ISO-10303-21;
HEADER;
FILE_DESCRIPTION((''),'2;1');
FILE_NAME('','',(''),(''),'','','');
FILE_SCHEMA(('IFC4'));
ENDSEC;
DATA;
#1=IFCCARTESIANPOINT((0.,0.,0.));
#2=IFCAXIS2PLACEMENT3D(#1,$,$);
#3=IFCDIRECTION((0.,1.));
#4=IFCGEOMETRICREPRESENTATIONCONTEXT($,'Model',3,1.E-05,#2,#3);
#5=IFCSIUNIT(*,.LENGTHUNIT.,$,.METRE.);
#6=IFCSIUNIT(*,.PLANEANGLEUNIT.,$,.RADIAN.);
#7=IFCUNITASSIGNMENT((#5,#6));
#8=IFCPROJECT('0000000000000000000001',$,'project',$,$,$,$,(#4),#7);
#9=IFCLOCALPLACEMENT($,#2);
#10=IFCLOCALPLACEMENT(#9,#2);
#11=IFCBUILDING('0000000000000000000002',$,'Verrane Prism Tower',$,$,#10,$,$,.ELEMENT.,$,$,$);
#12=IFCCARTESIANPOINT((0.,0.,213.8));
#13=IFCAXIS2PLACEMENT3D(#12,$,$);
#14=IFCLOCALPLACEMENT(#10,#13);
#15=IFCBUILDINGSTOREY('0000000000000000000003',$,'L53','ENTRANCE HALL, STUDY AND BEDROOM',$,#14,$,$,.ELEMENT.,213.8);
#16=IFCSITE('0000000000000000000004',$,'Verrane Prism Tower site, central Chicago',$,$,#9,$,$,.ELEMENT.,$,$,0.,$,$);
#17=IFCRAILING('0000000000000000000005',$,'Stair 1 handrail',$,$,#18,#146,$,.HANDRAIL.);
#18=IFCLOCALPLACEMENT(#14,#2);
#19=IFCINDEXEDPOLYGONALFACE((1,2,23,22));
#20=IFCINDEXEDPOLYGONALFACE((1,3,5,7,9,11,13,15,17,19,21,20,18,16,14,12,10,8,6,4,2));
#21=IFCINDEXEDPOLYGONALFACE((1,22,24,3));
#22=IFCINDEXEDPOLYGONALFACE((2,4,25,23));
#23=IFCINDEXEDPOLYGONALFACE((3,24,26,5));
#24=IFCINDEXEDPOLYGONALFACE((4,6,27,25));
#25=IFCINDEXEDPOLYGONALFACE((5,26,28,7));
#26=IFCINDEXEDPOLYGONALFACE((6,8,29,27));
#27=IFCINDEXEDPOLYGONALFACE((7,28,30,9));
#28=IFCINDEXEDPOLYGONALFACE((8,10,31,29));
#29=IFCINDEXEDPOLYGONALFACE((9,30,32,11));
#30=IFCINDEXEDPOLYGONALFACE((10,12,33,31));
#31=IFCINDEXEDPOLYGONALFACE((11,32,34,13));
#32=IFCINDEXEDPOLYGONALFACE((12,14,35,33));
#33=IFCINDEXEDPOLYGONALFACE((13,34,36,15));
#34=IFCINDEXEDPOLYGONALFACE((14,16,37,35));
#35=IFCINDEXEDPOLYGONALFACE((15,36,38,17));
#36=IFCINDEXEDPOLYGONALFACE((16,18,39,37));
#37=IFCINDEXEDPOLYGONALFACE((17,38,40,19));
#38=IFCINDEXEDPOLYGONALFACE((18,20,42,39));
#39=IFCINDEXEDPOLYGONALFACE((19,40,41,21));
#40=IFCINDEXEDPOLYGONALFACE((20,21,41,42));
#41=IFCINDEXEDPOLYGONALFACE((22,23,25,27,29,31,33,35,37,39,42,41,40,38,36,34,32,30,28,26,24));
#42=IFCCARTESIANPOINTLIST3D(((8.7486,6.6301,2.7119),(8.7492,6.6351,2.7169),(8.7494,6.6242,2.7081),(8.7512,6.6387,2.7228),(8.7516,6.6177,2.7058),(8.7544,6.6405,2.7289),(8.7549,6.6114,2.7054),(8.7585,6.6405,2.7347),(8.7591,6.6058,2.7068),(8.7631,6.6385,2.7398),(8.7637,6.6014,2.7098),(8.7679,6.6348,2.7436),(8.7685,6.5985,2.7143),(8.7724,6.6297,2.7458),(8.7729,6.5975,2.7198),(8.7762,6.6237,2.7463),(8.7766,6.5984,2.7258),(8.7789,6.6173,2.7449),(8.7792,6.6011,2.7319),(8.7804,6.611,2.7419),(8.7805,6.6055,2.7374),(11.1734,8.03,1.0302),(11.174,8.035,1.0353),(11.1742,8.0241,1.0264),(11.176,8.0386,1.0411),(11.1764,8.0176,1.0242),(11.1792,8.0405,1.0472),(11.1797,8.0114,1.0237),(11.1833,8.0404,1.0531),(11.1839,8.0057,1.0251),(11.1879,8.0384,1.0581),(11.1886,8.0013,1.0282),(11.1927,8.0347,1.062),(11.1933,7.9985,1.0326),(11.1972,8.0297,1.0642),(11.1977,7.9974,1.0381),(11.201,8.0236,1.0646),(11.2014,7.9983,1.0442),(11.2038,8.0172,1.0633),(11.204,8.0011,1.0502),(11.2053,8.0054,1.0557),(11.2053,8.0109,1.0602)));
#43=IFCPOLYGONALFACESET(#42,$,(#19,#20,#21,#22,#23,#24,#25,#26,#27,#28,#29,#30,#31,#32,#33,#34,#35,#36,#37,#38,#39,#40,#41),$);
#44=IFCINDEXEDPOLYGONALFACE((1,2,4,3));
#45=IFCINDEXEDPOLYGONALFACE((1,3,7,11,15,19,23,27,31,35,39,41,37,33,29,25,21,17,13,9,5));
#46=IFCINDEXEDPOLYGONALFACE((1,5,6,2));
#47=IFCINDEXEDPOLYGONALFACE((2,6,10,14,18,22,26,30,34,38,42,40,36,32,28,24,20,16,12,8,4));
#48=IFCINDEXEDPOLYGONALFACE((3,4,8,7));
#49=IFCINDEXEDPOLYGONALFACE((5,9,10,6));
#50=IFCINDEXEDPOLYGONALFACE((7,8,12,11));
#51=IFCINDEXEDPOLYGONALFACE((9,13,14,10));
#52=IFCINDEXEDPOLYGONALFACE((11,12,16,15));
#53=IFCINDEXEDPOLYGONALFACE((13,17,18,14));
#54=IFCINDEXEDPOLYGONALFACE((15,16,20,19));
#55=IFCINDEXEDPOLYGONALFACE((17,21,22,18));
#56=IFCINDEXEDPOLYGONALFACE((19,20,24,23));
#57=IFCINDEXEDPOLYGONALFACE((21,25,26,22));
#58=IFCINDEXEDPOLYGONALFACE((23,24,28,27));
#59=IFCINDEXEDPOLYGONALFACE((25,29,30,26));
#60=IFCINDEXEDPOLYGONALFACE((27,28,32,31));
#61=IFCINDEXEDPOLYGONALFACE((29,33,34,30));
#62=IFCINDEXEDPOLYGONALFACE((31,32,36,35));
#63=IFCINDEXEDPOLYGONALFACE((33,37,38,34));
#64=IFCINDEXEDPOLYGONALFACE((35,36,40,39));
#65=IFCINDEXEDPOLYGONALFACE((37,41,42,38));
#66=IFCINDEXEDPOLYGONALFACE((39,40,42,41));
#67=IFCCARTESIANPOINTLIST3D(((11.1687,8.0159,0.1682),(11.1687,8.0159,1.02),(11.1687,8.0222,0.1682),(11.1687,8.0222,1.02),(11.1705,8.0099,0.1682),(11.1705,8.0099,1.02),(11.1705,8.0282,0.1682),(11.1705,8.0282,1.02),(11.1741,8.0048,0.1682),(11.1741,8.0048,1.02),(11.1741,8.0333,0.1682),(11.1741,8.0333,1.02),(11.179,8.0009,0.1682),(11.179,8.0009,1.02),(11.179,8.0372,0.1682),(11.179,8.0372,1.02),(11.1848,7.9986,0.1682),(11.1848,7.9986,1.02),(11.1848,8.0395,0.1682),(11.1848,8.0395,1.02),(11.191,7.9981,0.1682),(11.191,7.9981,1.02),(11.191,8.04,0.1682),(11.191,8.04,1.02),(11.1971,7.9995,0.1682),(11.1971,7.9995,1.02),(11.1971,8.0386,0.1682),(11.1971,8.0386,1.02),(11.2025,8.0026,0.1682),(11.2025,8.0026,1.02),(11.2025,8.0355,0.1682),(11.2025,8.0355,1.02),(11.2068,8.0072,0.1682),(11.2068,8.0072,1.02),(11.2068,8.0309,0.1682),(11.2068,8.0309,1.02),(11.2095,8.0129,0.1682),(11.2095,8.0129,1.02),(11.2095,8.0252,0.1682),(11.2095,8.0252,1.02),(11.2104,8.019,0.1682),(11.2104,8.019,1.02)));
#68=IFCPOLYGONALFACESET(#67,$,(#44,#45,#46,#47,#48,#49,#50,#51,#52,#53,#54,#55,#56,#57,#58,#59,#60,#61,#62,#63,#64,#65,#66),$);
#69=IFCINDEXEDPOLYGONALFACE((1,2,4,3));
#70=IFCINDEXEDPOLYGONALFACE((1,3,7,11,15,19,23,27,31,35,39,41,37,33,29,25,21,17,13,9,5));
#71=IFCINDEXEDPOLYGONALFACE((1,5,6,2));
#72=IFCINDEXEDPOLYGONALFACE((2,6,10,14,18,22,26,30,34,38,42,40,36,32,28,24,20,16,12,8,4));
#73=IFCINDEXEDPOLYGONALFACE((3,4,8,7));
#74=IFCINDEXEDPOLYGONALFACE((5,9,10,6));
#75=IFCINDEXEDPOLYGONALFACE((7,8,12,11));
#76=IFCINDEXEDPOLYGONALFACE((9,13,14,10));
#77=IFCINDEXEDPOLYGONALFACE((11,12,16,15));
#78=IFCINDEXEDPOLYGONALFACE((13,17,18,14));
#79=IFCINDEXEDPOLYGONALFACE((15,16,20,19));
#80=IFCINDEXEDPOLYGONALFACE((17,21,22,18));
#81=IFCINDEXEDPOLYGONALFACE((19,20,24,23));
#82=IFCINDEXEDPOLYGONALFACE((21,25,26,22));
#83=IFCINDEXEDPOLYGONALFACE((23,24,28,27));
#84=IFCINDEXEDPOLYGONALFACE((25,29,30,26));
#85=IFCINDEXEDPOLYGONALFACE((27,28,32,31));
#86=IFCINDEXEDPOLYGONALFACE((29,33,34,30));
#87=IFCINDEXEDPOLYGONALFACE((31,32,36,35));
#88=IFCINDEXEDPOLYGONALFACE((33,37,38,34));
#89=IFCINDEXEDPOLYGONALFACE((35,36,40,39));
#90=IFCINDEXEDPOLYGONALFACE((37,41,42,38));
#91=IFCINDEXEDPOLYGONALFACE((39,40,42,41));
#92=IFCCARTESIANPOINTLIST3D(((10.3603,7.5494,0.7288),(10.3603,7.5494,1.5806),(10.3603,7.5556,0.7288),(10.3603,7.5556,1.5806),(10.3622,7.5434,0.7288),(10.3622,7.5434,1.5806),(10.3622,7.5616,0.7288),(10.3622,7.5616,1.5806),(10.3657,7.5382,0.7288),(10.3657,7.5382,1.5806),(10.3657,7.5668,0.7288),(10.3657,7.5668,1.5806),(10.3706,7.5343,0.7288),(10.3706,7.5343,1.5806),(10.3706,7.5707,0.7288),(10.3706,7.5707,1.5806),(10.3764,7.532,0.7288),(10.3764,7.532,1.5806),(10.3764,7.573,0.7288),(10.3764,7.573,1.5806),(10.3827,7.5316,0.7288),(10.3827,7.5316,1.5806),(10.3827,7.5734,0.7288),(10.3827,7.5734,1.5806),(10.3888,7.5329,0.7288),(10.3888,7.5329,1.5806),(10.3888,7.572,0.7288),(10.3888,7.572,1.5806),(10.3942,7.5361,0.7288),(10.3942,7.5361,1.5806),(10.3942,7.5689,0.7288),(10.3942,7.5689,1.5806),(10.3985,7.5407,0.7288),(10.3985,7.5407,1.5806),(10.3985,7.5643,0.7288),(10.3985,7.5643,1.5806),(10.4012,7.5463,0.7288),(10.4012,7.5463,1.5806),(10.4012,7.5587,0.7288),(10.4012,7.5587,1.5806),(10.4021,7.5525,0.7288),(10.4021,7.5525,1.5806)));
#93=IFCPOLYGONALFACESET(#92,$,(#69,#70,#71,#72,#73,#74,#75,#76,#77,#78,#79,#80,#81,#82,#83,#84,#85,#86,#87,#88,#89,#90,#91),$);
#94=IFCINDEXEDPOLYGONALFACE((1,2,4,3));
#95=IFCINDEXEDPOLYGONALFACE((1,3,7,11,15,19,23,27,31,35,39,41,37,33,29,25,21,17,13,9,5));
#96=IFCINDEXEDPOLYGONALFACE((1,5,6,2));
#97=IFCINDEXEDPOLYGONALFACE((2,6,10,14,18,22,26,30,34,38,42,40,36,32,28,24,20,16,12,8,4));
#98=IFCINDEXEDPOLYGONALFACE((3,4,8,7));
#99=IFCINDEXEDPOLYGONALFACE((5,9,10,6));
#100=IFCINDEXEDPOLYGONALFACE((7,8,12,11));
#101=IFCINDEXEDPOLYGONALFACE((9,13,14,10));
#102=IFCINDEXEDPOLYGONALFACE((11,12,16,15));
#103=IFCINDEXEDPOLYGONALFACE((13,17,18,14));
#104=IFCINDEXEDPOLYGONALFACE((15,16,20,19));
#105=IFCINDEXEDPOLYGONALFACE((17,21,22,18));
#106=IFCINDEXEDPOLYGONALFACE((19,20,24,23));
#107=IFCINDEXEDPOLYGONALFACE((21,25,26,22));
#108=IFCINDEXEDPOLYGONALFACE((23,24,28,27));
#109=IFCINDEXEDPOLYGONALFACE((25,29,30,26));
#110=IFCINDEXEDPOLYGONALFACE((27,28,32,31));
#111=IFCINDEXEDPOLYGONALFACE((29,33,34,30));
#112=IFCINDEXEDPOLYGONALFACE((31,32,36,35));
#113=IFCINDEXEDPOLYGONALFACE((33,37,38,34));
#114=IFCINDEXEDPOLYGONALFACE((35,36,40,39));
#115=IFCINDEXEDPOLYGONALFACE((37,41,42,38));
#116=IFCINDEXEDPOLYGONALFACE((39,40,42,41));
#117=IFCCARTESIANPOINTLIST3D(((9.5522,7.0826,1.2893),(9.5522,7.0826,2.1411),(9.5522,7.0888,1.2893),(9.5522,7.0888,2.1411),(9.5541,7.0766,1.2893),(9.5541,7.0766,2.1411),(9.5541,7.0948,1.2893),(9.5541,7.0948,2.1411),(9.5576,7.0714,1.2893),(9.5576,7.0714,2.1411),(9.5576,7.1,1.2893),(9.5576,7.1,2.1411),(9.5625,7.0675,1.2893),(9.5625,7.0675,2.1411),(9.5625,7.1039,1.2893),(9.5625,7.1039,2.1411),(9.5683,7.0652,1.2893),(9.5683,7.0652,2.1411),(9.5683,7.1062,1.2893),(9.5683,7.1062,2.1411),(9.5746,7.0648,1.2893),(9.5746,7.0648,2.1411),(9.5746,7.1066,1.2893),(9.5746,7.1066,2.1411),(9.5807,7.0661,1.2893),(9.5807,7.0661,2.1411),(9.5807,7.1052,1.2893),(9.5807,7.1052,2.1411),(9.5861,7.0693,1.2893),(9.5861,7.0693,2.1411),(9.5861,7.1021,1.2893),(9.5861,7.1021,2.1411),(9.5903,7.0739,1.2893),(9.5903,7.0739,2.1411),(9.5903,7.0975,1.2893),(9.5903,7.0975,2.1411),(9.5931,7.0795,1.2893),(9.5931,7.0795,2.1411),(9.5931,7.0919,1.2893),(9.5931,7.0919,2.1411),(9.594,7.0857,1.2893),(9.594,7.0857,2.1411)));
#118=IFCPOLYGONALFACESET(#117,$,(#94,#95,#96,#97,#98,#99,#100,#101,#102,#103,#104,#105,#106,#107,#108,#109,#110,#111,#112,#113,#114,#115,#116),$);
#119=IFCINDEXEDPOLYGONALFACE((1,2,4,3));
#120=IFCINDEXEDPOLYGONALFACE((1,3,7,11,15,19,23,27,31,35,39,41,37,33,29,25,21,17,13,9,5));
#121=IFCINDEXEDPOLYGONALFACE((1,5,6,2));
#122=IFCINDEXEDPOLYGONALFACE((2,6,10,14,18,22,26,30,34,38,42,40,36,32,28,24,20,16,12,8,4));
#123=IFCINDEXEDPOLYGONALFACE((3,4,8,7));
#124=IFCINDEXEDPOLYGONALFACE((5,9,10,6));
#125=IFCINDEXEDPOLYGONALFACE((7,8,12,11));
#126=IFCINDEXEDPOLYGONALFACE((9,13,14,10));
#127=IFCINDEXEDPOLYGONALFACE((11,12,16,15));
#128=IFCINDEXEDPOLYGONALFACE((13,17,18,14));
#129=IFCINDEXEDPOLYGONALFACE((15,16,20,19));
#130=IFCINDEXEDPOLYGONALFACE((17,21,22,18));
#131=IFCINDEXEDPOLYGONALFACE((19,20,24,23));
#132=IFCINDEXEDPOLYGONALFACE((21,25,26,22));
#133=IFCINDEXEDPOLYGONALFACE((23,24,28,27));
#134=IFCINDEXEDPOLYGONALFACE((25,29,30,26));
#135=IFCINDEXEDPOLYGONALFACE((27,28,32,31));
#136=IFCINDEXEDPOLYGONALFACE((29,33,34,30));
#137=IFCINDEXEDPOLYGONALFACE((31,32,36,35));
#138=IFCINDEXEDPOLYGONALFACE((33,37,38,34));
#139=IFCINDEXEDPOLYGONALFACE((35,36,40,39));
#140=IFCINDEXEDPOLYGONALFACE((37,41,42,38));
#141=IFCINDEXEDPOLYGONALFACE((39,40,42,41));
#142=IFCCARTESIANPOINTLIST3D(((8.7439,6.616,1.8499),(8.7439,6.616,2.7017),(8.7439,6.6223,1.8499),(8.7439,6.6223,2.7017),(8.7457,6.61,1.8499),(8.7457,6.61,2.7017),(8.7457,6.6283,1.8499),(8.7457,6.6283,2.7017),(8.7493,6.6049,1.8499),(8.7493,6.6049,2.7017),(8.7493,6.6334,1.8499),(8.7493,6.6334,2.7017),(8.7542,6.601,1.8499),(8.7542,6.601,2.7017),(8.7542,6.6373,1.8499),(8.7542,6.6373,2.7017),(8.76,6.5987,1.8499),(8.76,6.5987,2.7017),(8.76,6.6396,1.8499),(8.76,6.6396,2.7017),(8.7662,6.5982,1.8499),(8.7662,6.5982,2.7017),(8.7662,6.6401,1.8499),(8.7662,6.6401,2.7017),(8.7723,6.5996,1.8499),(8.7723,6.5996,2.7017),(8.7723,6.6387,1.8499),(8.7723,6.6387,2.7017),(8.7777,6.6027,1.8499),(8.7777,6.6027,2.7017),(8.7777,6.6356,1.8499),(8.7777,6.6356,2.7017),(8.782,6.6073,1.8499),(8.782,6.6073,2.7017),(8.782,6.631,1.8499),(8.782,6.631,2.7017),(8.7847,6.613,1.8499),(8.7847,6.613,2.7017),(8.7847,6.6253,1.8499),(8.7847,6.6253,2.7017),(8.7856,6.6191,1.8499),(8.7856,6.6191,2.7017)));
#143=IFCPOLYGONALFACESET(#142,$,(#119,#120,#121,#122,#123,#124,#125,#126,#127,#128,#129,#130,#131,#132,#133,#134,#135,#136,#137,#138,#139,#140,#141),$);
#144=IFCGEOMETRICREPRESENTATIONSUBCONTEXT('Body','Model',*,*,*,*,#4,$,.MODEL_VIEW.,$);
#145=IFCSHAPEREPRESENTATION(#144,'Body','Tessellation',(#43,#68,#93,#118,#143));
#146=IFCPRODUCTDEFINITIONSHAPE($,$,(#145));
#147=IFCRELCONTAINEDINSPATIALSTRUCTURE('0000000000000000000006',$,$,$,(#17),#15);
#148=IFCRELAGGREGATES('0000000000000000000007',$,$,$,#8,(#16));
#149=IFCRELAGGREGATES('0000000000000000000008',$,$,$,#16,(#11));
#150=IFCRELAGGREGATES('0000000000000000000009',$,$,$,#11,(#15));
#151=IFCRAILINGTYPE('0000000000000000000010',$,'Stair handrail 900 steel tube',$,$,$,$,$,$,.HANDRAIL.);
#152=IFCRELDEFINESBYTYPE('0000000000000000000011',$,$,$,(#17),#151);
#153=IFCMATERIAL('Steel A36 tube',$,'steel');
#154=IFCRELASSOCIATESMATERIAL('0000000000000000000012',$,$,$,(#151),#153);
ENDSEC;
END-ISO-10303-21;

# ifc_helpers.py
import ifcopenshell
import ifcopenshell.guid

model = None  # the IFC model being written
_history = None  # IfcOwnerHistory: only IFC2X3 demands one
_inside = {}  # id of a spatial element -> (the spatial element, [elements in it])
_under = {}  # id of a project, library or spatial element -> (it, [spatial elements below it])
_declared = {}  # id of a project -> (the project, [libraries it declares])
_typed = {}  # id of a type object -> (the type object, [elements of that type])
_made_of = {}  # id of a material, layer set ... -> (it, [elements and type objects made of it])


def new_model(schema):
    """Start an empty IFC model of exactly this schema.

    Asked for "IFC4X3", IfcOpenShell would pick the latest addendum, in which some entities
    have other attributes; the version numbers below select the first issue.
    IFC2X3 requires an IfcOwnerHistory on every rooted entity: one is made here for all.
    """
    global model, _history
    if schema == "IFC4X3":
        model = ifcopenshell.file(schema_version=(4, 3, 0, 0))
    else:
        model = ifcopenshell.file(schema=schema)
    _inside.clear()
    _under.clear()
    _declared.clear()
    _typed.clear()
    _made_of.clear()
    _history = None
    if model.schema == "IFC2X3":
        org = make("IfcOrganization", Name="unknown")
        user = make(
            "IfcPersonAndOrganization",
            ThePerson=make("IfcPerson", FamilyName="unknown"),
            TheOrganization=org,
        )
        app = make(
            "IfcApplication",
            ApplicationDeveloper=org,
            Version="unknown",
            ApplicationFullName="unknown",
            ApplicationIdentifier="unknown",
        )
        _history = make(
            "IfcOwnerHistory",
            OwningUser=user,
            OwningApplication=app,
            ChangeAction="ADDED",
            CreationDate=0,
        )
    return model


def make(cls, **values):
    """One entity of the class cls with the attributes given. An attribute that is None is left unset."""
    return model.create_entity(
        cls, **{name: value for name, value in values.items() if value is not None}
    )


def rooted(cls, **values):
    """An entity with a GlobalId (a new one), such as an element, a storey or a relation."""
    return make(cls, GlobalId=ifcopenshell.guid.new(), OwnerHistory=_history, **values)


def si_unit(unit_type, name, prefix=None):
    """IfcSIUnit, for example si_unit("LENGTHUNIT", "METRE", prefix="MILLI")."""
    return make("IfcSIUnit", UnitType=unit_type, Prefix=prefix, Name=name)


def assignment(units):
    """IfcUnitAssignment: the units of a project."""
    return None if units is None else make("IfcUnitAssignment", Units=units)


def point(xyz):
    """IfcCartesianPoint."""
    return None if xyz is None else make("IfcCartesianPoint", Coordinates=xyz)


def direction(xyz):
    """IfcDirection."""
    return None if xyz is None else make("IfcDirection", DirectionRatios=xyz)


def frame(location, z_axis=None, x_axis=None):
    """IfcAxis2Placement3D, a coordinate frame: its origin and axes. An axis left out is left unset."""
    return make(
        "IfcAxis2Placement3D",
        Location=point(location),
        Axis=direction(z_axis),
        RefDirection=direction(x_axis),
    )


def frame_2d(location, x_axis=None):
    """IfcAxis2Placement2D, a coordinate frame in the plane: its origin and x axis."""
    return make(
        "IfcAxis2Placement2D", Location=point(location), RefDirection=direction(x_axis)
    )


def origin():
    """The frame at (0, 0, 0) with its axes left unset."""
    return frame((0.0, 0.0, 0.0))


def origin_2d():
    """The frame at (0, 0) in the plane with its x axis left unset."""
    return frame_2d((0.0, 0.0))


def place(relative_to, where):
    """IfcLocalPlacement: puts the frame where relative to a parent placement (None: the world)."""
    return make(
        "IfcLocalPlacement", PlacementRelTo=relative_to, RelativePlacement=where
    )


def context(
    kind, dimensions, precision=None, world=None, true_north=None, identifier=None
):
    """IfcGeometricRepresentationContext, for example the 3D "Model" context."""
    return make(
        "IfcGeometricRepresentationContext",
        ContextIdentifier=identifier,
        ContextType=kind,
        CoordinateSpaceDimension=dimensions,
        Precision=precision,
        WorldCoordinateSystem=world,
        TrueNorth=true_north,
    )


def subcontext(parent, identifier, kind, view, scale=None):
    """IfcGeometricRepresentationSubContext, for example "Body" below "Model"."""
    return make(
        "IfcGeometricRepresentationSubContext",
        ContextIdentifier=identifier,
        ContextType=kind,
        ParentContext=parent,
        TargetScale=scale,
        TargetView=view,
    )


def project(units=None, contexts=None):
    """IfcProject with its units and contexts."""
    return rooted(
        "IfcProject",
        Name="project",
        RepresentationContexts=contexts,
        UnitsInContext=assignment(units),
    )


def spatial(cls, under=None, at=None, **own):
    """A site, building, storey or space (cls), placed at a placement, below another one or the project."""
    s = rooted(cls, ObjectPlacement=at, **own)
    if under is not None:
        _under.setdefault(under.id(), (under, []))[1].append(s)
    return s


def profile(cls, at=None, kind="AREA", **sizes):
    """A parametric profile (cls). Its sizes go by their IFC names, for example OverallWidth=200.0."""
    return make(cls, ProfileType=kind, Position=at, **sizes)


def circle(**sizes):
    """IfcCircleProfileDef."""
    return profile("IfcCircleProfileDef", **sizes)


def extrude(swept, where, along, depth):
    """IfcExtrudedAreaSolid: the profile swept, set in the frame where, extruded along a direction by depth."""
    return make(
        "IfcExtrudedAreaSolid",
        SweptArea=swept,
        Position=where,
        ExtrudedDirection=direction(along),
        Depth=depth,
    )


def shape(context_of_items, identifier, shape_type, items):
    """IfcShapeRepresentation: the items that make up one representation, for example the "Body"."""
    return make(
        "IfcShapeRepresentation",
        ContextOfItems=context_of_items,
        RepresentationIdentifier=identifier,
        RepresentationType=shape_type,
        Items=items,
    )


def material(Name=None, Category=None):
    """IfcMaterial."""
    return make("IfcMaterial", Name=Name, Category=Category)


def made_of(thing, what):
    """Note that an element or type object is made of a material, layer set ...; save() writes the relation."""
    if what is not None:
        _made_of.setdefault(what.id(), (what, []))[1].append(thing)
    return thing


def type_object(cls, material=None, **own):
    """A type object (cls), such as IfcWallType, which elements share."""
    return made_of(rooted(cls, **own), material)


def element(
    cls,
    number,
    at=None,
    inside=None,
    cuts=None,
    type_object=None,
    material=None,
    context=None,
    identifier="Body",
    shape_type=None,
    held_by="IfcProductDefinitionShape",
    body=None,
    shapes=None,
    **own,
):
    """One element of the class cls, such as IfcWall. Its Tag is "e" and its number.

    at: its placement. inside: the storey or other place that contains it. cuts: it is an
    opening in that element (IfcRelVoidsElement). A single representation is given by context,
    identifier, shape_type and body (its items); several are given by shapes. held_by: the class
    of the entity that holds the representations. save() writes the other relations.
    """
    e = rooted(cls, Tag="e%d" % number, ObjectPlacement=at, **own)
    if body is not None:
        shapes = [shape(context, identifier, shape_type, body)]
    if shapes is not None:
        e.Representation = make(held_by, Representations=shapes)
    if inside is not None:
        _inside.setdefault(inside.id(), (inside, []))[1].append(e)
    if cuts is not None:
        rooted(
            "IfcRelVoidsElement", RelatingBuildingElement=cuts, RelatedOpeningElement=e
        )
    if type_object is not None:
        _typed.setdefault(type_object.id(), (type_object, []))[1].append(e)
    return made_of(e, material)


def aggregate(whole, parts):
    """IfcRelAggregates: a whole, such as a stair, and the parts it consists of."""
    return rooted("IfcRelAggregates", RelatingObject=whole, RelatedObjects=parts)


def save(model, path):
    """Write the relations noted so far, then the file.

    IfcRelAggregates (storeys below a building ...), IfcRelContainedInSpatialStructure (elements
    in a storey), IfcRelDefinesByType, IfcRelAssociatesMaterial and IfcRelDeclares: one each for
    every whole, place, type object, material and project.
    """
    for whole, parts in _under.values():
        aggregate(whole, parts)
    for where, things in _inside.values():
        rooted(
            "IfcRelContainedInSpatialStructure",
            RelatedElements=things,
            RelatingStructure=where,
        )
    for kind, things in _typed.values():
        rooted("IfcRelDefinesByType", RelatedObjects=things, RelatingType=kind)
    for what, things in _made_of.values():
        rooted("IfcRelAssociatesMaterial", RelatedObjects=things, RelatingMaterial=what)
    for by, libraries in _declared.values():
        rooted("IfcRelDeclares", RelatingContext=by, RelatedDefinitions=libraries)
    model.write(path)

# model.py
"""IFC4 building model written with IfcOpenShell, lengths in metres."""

from ifc_helpers import new_model, si_unit, direction, frame, origin, origin_2d, place, context, subcontext, project, spatial, circle, extrude, material, type_object, element, save


model = new_model("IFC4")

# Units and contexts
model_context = context("Model", 3, precision=1e-05, world=origin(), true_north=direction((0.0, 1.0)))
body_context = subcontext(model_context, "Body", "Model", "MODEL_VIEW")
ifc_project = project(units=[si_unit("LENGTHUNIT", "METRE"), si_unit("PLANEANGLEUNIT", "RADIAN")], contexts=[model_context])

# Site, building, storey
site_placement = place(None, origin())
site = spatial("IfcSite", under=ifc_project, at=site_placement, Name="Verrane Prism Tower site, central Chicago", CompositionType="ELEMENT", RefElevation=0.0)
building_placement = place(site_placement, origin())
building = spatial("IfcBuilding", under=site, at=building_placement, Name="Verrane Prism Tower", CompositionType="ELEMENT")
storey_placement = place(building_placement, frame((0.0, 0.0, 213.8)))
storey = spatial("IfcBuildingStorey", under=building, at=storey_placement, Name="L53", Description="ENTRANCE HALL, STUDY AND BEDROOM", CompositionType="ELEMENT", Elevation=213.8)

# Railing
ifc_material_1 = material(Name="Steel A36 tube", Category="steel")
railing_type_1 = type_object("IfcRailingType", Name="Stair handrail 900 steel tube", PredefinedType="HANDRAIL", material=ifc_material_1)
railing_1_placement = place(storey_placement, frame((11.1895, 8.019, 0.1682)))
element("IfcRailing", 1, at=railing_1_placement, inside=storey, type_object=railing_type_1, Name="Stair 1 handrail", PredefinedType="HANDRAIL", context=body_context, shape_type="SweptSolid", body=[
    extrude(circle(Radius=0.0239, at=origin_2d()), frame((0.0, 0.0, 0.876), z_axis=(-0.742419, -0.428618, 0.514879), x_axis=(0.499984, -0.866035, 0.0)), (0.0, 0.0, 1.0), 3.2661),
    extrude(circle(Radius=0.021, at=origin_2d()), origin(), (0.0, 0.0, 1.0), 0.8518),
    extrude(circle(Radius=0.021, at=origin_2d()), frame((-0.8083, -0.4666, 0.5605)), (0.0, 0.0, 1.0), 0.8518),
    extrude(circle(Radius=0.021, at=origin_2d()), frame((-1.6165, -0.9333, 1.1211)), (0.0, 0.0, 1.0), 0.8518),
    extrude(circle(Radius=0.021, at=origin_2d()), frame((-2.4248, -1.3999, 1.6816)), (0.0, 0.0, 1.0), 0.8518),
])

save(model, "model.ifc")
